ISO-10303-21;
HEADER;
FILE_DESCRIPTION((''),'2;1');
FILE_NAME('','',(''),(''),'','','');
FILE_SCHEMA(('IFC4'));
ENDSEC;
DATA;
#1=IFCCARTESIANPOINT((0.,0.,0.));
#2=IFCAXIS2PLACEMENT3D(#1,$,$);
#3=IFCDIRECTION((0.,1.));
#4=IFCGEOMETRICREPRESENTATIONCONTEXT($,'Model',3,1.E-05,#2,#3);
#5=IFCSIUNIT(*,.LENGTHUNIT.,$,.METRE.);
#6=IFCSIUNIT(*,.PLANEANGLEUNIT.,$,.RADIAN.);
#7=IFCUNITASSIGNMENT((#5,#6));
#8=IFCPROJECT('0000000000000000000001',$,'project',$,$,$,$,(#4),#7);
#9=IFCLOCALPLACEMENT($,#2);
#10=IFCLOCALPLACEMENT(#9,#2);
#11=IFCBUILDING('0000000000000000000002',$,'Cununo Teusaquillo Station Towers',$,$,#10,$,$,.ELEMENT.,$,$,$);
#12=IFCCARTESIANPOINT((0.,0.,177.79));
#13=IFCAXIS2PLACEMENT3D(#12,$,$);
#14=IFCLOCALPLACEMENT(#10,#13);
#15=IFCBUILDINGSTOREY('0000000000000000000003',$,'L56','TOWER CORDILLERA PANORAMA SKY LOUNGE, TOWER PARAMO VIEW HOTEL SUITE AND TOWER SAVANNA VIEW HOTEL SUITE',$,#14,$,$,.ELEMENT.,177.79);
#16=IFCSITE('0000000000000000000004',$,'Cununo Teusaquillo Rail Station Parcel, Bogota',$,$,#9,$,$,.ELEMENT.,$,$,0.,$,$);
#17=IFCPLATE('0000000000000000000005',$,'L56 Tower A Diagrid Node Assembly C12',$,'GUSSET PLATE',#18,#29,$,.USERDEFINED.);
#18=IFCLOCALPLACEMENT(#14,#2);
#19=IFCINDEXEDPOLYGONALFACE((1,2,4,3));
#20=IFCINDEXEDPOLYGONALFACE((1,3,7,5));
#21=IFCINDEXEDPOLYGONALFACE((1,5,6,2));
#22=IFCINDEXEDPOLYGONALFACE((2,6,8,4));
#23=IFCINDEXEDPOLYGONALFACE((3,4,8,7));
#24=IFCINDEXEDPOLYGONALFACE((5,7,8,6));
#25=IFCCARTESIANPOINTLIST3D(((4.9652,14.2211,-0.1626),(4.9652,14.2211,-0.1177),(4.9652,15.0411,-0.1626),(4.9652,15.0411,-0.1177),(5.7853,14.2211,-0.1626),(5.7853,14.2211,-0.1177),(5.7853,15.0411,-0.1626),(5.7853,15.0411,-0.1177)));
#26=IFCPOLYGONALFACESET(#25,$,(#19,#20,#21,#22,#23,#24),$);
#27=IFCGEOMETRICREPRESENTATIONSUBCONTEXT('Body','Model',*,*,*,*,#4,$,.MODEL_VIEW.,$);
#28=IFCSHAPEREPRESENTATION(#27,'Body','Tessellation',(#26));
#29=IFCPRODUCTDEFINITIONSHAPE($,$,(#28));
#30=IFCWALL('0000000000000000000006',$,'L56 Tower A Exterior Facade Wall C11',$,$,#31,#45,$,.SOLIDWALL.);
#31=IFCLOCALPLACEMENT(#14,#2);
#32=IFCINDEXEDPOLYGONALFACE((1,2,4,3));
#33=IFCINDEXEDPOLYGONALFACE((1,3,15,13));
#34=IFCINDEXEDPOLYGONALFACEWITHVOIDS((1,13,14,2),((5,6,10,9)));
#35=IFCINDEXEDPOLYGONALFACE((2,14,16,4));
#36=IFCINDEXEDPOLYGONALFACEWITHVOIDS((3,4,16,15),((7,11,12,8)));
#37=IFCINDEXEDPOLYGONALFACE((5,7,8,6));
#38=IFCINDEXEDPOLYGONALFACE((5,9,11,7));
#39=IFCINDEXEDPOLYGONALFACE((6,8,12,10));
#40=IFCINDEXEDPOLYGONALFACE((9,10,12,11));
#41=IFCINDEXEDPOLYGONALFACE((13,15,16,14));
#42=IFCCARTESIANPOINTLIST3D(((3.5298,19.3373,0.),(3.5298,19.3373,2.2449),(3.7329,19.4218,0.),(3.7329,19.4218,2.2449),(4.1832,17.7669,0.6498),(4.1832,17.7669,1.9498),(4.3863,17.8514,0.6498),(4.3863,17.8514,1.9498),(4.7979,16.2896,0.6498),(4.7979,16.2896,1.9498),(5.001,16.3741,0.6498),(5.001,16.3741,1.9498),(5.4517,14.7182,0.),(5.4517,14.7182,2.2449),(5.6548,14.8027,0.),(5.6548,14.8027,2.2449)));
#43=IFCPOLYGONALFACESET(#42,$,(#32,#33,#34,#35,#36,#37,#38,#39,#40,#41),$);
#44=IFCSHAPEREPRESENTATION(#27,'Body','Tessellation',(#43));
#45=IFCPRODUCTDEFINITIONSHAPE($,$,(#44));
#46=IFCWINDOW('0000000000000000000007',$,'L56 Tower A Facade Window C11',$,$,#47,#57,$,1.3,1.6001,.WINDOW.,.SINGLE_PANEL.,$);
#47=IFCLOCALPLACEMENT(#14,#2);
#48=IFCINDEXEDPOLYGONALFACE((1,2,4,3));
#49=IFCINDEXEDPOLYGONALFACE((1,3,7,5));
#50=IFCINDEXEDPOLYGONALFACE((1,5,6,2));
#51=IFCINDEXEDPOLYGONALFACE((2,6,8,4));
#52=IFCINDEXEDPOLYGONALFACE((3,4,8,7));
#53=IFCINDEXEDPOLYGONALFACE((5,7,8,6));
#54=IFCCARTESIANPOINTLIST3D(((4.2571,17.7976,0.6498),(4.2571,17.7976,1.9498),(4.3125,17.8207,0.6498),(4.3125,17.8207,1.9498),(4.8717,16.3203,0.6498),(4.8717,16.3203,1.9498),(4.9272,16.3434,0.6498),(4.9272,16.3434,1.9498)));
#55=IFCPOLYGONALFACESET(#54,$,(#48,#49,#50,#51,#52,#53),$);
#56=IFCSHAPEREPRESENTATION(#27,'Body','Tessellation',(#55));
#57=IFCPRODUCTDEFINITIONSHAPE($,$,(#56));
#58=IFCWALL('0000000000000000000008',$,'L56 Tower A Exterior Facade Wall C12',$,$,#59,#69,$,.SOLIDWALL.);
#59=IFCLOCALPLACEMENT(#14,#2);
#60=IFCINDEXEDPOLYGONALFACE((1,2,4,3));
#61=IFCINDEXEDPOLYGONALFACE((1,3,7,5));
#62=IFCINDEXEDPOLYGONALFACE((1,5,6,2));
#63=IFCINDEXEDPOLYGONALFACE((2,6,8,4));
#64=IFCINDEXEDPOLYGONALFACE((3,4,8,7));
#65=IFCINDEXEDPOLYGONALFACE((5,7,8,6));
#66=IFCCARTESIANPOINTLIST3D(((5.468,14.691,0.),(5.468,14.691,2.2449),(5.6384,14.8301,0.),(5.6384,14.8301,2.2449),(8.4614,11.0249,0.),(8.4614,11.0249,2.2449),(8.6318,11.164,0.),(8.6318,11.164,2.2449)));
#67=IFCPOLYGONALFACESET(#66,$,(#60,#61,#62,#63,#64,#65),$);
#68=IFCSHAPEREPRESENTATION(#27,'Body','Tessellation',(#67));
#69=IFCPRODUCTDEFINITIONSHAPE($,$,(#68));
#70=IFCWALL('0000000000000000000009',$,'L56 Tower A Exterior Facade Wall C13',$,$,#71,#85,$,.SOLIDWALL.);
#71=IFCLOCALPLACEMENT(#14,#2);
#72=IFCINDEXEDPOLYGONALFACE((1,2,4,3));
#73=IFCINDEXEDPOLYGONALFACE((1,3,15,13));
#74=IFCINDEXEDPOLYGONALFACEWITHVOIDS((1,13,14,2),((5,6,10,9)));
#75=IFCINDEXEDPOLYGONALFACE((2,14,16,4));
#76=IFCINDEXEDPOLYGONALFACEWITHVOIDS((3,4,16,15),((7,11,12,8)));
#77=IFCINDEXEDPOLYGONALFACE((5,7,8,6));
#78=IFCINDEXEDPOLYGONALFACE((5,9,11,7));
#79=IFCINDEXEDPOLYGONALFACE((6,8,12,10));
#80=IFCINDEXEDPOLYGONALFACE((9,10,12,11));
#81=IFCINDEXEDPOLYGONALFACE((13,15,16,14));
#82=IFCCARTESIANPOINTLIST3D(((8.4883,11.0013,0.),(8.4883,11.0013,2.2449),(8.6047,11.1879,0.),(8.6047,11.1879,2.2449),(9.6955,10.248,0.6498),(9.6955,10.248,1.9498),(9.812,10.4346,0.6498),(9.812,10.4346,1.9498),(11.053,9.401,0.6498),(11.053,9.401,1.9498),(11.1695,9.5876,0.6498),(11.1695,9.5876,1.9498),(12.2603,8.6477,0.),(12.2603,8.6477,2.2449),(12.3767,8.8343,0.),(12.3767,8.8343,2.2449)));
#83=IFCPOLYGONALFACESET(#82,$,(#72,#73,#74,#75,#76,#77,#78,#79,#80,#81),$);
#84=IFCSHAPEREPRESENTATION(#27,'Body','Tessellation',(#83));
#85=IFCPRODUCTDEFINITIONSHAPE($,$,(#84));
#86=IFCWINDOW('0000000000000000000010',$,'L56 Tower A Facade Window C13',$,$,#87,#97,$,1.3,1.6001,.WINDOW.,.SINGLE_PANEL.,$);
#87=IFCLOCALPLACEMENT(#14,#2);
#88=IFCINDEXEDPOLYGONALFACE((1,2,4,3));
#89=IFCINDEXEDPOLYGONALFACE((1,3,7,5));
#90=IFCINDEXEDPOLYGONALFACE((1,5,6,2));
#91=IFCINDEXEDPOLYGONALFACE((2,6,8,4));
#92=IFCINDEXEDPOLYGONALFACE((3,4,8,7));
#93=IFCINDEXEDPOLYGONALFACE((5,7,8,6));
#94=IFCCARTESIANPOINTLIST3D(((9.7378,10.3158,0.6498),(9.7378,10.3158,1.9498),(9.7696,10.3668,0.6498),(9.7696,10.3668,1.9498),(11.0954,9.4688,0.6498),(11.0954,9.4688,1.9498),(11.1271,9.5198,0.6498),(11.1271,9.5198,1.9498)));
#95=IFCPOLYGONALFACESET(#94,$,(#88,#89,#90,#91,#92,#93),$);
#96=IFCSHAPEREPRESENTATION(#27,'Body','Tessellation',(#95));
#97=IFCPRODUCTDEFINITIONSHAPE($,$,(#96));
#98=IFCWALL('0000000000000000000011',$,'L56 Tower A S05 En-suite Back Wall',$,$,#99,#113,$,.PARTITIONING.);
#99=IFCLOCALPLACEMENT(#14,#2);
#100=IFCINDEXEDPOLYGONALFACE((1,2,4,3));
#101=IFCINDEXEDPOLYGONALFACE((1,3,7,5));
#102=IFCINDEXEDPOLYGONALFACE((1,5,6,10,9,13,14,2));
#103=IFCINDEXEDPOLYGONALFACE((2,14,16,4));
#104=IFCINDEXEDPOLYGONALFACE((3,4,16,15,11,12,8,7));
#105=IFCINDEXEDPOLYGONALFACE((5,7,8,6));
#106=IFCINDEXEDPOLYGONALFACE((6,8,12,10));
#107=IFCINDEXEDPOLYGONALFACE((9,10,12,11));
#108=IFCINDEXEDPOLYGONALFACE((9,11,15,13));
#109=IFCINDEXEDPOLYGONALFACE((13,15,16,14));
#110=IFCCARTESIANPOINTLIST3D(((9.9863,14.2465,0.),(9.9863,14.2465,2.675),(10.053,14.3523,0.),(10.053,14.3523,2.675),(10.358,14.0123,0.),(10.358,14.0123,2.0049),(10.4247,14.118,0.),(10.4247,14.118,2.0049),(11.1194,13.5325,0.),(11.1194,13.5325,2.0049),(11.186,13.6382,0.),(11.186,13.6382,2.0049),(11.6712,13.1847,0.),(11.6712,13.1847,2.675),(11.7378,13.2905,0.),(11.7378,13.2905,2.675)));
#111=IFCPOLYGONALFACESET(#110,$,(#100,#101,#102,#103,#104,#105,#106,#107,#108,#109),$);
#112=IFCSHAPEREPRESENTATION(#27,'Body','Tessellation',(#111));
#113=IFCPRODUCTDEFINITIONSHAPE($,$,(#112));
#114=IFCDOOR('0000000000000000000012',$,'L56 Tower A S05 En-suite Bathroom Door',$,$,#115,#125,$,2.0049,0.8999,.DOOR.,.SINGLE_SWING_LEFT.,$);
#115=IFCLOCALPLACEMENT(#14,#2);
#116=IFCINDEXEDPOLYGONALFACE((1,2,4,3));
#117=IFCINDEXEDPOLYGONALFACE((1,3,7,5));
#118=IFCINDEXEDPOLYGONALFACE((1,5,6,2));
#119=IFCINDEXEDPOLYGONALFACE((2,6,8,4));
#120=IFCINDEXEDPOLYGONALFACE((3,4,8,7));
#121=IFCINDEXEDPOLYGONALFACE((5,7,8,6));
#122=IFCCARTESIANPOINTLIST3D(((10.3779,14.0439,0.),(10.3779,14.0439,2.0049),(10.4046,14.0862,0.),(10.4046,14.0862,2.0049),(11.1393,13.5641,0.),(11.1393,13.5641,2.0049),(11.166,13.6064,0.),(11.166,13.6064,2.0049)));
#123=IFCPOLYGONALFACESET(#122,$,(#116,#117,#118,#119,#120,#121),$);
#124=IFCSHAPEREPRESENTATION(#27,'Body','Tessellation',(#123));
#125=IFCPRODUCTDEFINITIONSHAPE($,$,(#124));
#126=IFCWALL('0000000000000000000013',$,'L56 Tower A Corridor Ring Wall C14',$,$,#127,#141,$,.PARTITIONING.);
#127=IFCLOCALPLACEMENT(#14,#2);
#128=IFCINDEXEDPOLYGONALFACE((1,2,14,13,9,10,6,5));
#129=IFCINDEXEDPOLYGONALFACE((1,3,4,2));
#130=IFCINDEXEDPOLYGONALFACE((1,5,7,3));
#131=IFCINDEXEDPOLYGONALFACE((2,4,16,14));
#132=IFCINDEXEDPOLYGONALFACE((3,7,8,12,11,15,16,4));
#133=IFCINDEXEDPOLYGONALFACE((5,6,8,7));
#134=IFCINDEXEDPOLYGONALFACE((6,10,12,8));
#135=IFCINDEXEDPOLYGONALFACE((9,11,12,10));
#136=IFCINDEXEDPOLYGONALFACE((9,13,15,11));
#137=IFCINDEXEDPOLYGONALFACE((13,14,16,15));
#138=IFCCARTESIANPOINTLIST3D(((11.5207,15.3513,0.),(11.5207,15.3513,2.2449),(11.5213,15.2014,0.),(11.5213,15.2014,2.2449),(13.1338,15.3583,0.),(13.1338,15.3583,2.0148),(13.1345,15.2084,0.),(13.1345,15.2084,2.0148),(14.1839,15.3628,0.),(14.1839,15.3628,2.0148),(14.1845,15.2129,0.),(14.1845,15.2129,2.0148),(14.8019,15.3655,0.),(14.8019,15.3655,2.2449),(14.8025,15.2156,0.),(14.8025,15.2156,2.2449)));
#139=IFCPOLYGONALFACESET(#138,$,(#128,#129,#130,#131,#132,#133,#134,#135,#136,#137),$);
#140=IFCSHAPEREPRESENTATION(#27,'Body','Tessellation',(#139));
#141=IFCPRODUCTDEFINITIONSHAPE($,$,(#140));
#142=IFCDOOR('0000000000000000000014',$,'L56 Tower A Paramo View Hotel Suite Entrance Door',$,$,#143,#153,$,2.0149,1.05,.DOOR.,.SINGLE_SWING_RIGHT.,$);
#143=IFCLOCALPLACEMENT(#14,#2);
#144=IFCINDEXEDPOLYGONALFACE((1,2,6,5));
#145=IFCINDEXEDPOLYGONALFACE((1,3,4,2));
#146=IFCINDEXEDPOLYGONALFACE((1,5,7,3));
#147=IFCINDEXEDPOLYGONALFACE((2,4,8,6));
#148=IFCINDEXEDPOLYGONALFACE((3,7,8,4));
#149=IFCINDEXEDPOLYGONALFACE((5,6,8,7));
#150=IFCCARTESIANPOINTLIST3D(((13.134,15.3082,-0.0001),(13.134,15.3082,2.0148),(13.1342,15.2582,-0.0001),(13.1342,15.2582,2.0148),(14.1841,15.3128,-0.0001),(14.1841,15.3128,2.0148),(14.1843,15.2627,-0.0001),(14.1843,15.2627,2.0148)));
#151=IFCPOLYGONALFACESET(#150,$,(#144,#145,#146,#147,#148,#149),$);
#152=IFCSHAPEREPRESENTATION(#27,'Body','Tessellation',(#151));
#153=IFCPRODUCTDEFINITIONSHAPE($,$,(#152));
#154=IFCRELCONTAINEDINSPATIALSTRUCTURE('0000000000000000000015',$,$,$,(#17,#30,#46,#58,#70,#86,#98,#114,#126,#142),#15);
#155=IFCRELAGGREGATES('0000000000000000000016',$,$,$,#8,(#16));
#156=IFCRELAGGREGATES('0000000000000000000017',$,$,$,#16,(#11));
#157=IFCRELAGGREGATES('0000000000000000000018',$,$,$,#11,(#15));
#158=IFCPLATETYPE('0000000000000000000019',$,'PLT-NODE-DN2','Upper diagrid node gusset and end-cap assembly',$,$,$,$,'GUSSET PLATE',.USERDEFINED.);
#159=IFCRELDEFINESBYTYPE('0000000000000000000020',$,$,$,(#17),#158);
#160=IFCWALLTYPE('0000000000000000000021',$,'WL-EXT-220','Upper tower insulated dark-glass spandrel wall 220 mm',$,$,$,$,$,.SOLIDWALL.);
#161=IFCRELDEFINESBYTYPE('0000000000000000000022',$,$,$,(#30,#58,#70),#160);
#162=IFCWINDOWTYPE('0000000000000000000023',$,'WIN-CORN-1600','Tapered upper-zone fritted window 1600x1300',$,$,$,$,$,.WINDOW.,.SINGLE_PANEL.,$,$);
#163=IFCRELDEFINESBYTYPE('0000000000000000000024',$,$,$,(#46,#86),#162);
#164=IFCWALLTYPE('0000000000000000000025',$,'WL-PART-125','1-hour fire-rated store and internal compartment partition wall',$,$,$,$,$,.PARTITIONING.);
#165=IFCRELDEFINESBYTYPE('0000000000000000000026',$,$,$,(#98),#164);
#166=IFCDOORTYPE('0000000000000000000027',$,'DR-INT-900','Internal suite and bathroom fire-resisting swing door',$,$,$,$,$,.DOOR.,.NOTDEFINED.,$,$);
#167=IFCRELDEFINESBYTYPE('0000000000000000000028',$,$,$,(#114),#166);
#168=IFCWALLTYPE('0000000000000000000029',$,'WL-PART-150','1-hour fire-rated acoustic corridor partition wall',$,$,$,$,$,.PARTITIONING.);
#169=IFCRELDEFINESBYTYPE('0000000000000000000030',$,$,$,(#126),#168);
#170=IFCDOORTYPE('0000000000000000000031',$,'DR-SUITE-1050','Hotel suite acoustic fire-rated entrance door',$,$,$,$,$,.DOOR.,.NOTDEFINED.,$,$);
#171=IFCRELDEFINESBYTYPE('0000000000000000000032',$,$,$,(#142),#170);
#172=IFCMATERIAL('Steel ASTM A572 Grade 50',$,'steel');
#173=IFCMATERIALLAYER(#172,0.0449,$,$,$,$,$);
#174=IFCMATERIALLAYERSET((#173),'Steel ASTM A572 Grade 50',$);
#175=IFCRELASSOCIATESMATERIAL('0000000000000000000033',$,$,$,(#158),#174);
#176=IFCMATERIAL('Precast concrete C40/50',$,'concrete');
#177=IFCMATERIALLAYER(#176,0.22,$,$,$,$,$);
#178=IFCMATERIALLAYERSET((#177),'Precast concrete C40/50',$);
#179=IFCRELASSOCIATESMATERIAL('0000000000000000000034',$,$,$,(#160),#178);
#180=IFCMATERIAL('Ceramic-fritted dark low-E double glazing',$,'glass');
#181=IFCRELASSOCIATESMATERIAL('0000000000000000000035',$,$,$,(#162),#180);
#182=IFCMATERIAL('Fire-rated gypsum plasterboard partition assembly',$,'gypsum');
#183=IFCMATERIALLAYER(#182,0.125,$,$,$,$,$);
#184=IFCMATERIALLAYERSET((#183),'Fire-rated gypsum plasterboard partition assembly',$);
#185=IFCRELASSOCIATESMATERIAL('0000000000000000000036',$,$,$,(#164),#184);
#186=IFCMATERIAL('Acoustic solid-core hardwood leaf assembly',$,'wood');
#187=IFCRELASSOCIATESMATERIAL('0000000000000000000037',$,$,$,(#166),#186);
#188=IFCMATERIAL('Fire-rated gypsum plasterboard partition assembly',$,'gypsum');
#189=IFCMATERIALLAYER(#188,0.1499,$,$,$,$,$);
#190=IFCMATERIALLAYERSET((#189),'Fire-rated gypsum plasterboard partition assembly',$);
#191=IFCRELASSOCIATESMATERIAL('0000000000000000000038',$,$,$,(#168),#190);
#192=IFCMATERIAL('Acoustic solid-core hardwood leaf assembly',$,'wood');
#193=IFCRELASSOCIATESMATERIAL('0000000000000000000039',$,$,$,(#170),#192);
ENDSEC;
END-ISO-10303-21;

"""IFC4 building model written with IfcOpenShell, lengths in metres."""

from ifc_helpers import new_model, si_unit, direction, frame, frame_2d, origin, origin_2d, place, context, subcontext, project, spatial, rectangle, extrude, source, transform, mapped, material, layer, layer_set, type_object, element, fill, save


model = new_model("IFC4")

# Units and contexts
model_context = context("Model", 3, precision=1e-05, world=origin(), true_north=direction((0.0, 1.0)))
body_context = subcontext(model_context, "Body", "Model", "MODEL_VIEW")
ifc_project = project(units=[si_unit("LENGTHUNIT", "METRE"), si_unit("PLANEANGLEUNIT", "RADIAN")], contexts=[model_context])

# Site, building, storey
site_placement = place(None, origin())
site = spatial("IfcSite", under=ifc_project, at=site_placement, Name="Cununo Teusaquillo Rail Station Parcel, Bogota", CompositionType="ELEMENT", RefElevation=0.0)
building_placement = place(site_placement, origin())
building = spatial("IfcBuilding", under=site, at=building_placement, Name="Cununo Teusaquillo Station Towers", CompositionType="ELEMENT")
storey_placement = place(building_placement, frame((0.0, 0.0, 177.79)))
storey = spatial("IfcBuildingStorey", under=building, at=storey_placement, Name="L56", Description="TOWER CORDILLERA PANORAMA SKY LOUNGE, TOWER PARAMO VIEW HOTEL SUITE AND TOWER SAVANNA VIEW HOTEL SUITE", CompositionType="ELEMENT", Elevation=177.79)

# Plate
ifc_material_1 = material(Name="Steel ASTM A572 Grade 50", Category="steel")
ifc_layer_1 = layer(ifc_material_1, 0.0449)
ifc_layer_set_1 = layer_set([ifc_layer_1], Name="Steel ASTM A572 Grade 50")
plate_type = type_object("IfcPlateType", Name="PLT-NODE-DN2", Description="Upper diagrid node gusset and end-cap assembly", ElementType="GUSSET PLATE", PredefinedType="USERDEFINED", material=ifc_layer_set_1)
shared_shape_1 = source(origin(), body_context, "Body", "SweptSolid", [
    extrude(rectangle(XDim=0.8201, YDim=0.8201, at=origin_2d()), origin(), (0.0, 0.0, 1.0), 0.0449),
])
plate_placement = place(storey_placement, frame((5.3752, 14.6311, -0.1626), z_axis=(0.0, 0.0, 1.0), x_axis=(1.0, 0.0, 0.0)))
element("IfcPlate", 1, at=plate_placement, inside=storey, type_object=plate_type, Name="L56 Tower A Diagrid Node Assembly C12", ObjectType="GUSSET PLATE", PredefinedType="USERDEFINED", context=body_context, shape_type="MappedRepresentation", body=[
    mapped(shared_shape_1, transform((0.0, 0.0, 0.0), x_axis=(1.0, 0.0, 0.0), y_axis=(0.0, 1.0, 0.0), z_axis=(0.0, 0.0, 1.0), scale=1.0)),
])

# Wall, opening, window
ifc_material_2 = material(Name="Precast concrete C40/50", Category="concrete")
ifc_layer_2 = layer(ifc_material_2, 0.22)
ifc_layer_set_2 = layer_set([ifc_layer_2], Name="Precast concrete C40/50")
wall_type_1 = type_object("IfcWallType", Name="WL-EXT-220", Description="Upper tower insulated dark-glass spandrel wall 220 mm", PredefinedType="SOLIDWALL", material=ifc_layer_set_2)
wall_1_placement = place(storey_placement, frame((5.5532, 14.7605, 0.0), z_axis=(0.0, 0.0, 1.0), x_axis=(-0.384144, 0.923273, 0.0)))
wall_1 = element("IfcWall", 2, at=wall_1_placement, inside=storey, type_object=wall_type_1, Name="L56 Tower A Exterior Facade Wall C11", PredefinedType="SOLIDWALL", context=body_context, shape_type="SweptSolid", body=[
    extrude(rectangle(XDim=5.0029, YDim=0.22, at=frame_2d((2.5015, 0.0))), origin(), (0.0, 0.0, 1.0), 2.2449),
])
shared_shape_2 = source(origin(), body_context, "Body", "SweptSolid", [
    extrude(rectangle(XDim=1.6001, YDim=1.3, at=frame_2d((0.8, 0.6499))), frame((0.0, 0.1199, 0.0), z_axis=(0.0, -1.0, 0.0), x_axis=(1.0, 0.0, 0.0)), (0.0, 0.0, 1.0), 0.24),
])
opening_1_placement = place(wall_1_placement, frame((1.7019, 0.0, 0.6499)))
opening_1 = element("IfcOpeningElement", 3, at=opening_1_placement, cuts=wall_1, PredefinedType="OPENING", context=body_context, shape_type="MappedRepresentation", body=[
    mapped(shared_shape_2, transform((0.0, 0.0, 0.0), x_axis=(1.0, 0.0, 0.0), y_axis=(0.0, 1.0, 0.0), z_axis=(0.0, 0.0, 1.0), scale=1.0)),
])
ifc_material_3 = material(Name="Ceramic-fritted dark low-E double glazing", Category="glass")
window_type = type_object("IfcWindowType", Name="WIN-CORN-1600", Description="Tapered upper-zone fritted window 1600x1300", PartitioningType="SINGLE_PANEL", PredefinedType="WINDOW", material=ifc_material_3)
shared_shape_3 = source(origin(), body_context, "Body", "SweptSolid", [
    extrude(rectangle(XDim=1.6001, YDim=1.3, at=frame_2d((0.8, 0.6499))), frame((0.0, 0.03, 0.0), z_axis=(0.0, -1.0, 0.0), x_axis=(1.0, 0.0, 0.0)), (0.0, 0.0, 1.0), 0.0601),
])
window_1_placement = place(opening_1_placement, origin())
window_1 = element("IfcWindow", 4, at=window_1_placement, inside=storey, type_object=window_type, Name="L56 Tower A Facade Window C11", OverallHeight=1.3, OverallWidth=1.6001, PartitioningType="SINGLE_PANEL", PredefinedType="WINDOW", context=body_context, shape_type="MappedRepresentation", body=[
    mapped(shared_shape_3, transform((0.0, 0.0, 0.0), x_axis=(1.0, 0.0, 0.0), y_axis=(0.0, 1.0, 0.0), z_axis=(0.0, 0.0, 1.0), scale=1.0)),
])
fill(opening_1, window_1)

# Wall
wall_2_placement = place(storey_placement, frame((8.5466, 11.0945, 0.0), z_axis=(0.0, 0.0, 1.0), x_axis=(-0.632471, 0.774584, 0.0)))
element("IfcWall", 5, at=wall_2_placement, inside=storey, type_object=wall_type_1, Name="L56 Tower A Exterior Facade Wall C12", PredefinedType="SOLIDWALL", context=body_context, shape_type="SweptSolid", body=[
    extrude(rectangle(XDim=4.7329, YDim=0.22, at=frame_2d((2.3665, 0.0))), origin(), (0.0, 0.0, 1.0), 2.2449),
])

# Wall, opening, window
wall_3_placement = place(storey_placement, frame((12.3186, 8.741, 0.0), z_axis=(0.0, 0.0, 1.0), x_axis=(-0.848399, 0.529357, 0.0)))
wall_3 = element("IfcWall", 6, at=wall_3_placement, inside=storey, type_object=wall_type_1, Name="L56 Tower A Exterior Facade Wall C13", PredefinedType="SOLIDWALL", context=body_context, shape_type="SweptSolid", body=[
    extrude(rectangle(XDim=4.446, YDim=0.22, at=frame_2d((2.2231, 0.0))), origin(), (0.0, 0.0, 1.0), 2.2449),
])
opening_2_placement = place(wall_3_placement, frame((1.4231, 0.0, 0.6499)))
opening_2 = element("IfcOpeningElement", 7, at=opening_2_placement, cuts=wall_3, PredefinedType="OPENING", context=body_context, shape_type="MappedRepresentation", body=[
    mapped(shared_shape_2, transform((0.0, 0.0, 0.0), x_axis=(1.0, 0.0, 0.0), y_axis=(0.0, 1.0, 0.0), z_axis=(0.0, 0.0, 1.0), scale=1.0)),
])
window_2_placement = place(opening_2_placement, origin())
window_2 = element("IfcWindow", 8, at=window_2_placement, inside=storey, type_object=window_type, Name="L56 Tower A Facade Window C13", OverallHeight=1.3, OverallWidth=1.6001, PartitioningType="SINGLE_PANEL", PredefinedType="WINDOW", context=body_context, shape_type="MappedRepresentation", body=[
    mapped(shared_shape_3, transform((0.0, 0.0, 0.0), x_axis=(1.0, 0.0, 0.0), y_axis=(0.0, 1.0, 0.0), z_axis=(0.0, 0.0, 1.0), scale=1.0)),
])
fill(opening_2, window_2)

# Walls, openings, doors
ifc_material_4 = material(Name="Fire-rated gypsum plasterboard partition assembly", Category="gypsum")
ifc_layer_3 = layer(ifc_material_4, 0.125)
ifc_layer_set_3 = layer_set([ifc_layer_3], Name="Fire-rated gypsum plasterboard partition assembly")
wall_type_2 = type_object("IfcWallType", Name="WL-PART-125", Description="1-hour fire-rated store and internal compartment partition wall", PredefinedType="PARTITIONING", material=ifc_layer_set_3)
wall_4_placement = place(storey_placement, frame((10.0198, 14.2993, 0.0), z_axis=(0.0, 0.0, 1.0), x_axis=(0.846016, -0.533158, 0.0)))
wall_4 = element("IfcWall", 9, at=wall_4_placement, inside=storey, type_object=wall_type_2, Name="L56 Tower A S05 En-suite Back Wall", PredefinedType="PARTITIONING", context=body_context, shape_type="SweptSolid", body=[
    extrude(rectangle(XDim=1.9915, YDim=0.125, at=frame_2d((0.9956, 0.0))), origin(), (0.0, 0.0, 1.0), 2.675),
])
shared_shape_4 = source(origin(), body_context, "Body", "SweptSolid", [
    extrude(rectangle(XDim=0.8999, YDim=2.0049, at=frame_2d((0.45, 1.0024))), frame((0.0, 0.0725, 0.0), z_axis=(0.0, -1.0, 0.0), x_axis=(1.0, 0.0, 0.0)), (0.0, 0.0, 1.0), 0.145),
])
opening_3_placement = place(wall_4_placement, frame((0.4392, 0.0, 0.0)))
opening_3 = element("IfcOpeningElement", 10, at=opening_3_placement, cuts=wall_4, PredefinedType="OPENING", context=body_context, shape_type="MappedRepresentation", body=[
    mapped(shared_shape_4, transform((0.0, 0.0, 0.0), x_axis=(1.0, 0.0, 0.0), y_axis=(0.0, 1.0, 0.0), z_axis=(0.0, 0.0, 1.0), scale=1.0)),
])
ifc_material_5 = material(Name="Acoustic solid-core hardwood leaf assembly", Category="wood")
door_type_1 = type_object("IfcDoorType", Name="DR-INT-900", Description="Internal suite and bathroom fire-resisting swing door", OperationType="NOTDEFINED", PredefinedType="DOOR", material=ifc_material_5)
shared_shape_5 = source(origin(), body_context, "Body", "SweptSolid", [
    extrude(rectangle(XDim=0.8999, YDim=2.0049, at=frame_2d((0.45, 1.0024))), frame((0.0, 0.0249, 0.0), z_axis=(0.0, -1.0, 0.0), x_axis=(1.0, 0.0, 0.0)), (0.0, 0.0, 1.0), 0.05),
])
door_1_placement = place(opening_3_placement, origin())
door_1 = element("IfcDoor", 11, at=door_1_placement, inside=storey, type_object=door_type_1, Name="L56 Tower A S05 En-suite Bathroom Door", OperationType="SINGLE_SWING_LEFT", OverallHeight=2.0049, OverallWidth=0.8999, PredefinedType="DOOR", context=body_context, shape_type="MappedRepresentation", body=[
    mapped(shared_shape_5, transform((0.0, 0.0, 0.0), x_axis=(1.0, 0.0, 0.0), y_axis=(0.0, 1.0, 0.0), z_axis=(0.0, 0.0, 1.0), scale=1.0)),
])
fill(opening_3, door_1)
ifc_material_6 = material(Name="Fire-rated gypsum plasterboard partition assembly", Category="gypsum")
ifc_layer_4 = layer(ifc_material_6, 0.1499)
ifc_layer_set_4 = layer_set([ifc_layer_4], Name="Fire-rated gypsum plasterboard partition assembly")
wall_type_3 = type_object("IfcWallType", Name="WL-PART-150", Description="1-hour fire-rated acoustic corridor partition wall", PredefinedType="PARTITIONING", material=ifc_layer_set_4)
wall_5_placement = place(storey_placement, frame((11.521, 15.2764, 0.0), z_axis=(0.0, 0.0, 1.0), x_axis=(0.999991, 0.004315, 0.0)))
wall_5 = element("IfcWall", 12, at=wall_5_placement, inside=storey, type_object=wall_type_3, Name="L56 Tower A Corridor Ring Wall C14", PredefinedType="PARTITIONING", context=body_context, shape_type="SweptSolid", body=[
    extrude(rectangle(XDim=3.2812, YDim=0.1499, at=frame_2d((1.6406, 0.0))), origin(), (0.0, 0.0, 1.0), 2.2449),
])
shared_shape_6 = source(origin(), body_context, "Body", "SweptSolid", [
    extrude(rectangle(XDim=1.05, YDim=2.0149, at=frame_2d((0.5249, 1.0073))), frame((0.0, 0.085, 0.0), z_axis=(0.0, -1.0, 0.0), x_axis=(1.0, 0.0, 0.0)), (0.0, 0.0, 1.0), 0.1699),
])
opening_4_placement = place(wall_5_placement, frame((1.6133, 0.0, 0.0)))
opening_4 = element("IfcOpeningElement", 13, at=opening_4_placement, cuts=wall_5, PredefinedType="OPENING", context=body_context, shape_type="MappedRepresentation", body=[
    mapped(shared_shape_6, transform((0.0, 0.0, 0.0), x_axis=(1.0, 0.0, 0.0), y_axis=(0.0, 1.0, 0.0), z_axis=(0.0, 0.0, 1.0), scale=1.0)),
])
ifc_material_7 = material(Name="Acoustic solid-core hardwood leaf assembly", Category="wood")
door_type_2 = type_object("IfcDoorType", Name="DR-SUITE-1050", Description="Hotel suite acoustic fire-rated entrance door", OperationType="NOTDEFINED", PredefinedType="DOOR", material=ifc_material_7)
shared_shape_7 = source(origin(), body_context, "Body", "SweptSolid", [
    extrude(rectangle(XDim=1.05, YDim=2.0149, at=frame_2d((0.5249, 1.0073))), frame((0.0, 0.0249, 0.0), z_axis=(0.0, -1.0, 0.0), x_axis=(1.0, 0.0, 0.0)), (0.0, 0.0, 1.0), 0.05),
])
door_2_placement = place(opening_4_placement, origin())
door_2 = element("IfcDoor", 14, at=door_2_placement, inside=storey, type_object=door_type_2, Name="L56 Tower A Paramo View Hotel Suite Entrance Door", OperationType="SINGLE_SWING_RIGHT", OverallHeight=2.0149, OverallWidth=1.05, PredefinedType="DOOR", context=body_context, shape_type="MappedRepresentation", body=[
    mapped(shared_shape_7, transform((0.0, 0.0, 0.0), x_axis=(1.0, 0.0, 0.0), y_axis=(0.0, 1.0, 0.0), z_axis=(0.0, 0.0, 1.0), scale=1.0)),
])
fill(opening_4, door_2)

save(model, "model.ifc")
